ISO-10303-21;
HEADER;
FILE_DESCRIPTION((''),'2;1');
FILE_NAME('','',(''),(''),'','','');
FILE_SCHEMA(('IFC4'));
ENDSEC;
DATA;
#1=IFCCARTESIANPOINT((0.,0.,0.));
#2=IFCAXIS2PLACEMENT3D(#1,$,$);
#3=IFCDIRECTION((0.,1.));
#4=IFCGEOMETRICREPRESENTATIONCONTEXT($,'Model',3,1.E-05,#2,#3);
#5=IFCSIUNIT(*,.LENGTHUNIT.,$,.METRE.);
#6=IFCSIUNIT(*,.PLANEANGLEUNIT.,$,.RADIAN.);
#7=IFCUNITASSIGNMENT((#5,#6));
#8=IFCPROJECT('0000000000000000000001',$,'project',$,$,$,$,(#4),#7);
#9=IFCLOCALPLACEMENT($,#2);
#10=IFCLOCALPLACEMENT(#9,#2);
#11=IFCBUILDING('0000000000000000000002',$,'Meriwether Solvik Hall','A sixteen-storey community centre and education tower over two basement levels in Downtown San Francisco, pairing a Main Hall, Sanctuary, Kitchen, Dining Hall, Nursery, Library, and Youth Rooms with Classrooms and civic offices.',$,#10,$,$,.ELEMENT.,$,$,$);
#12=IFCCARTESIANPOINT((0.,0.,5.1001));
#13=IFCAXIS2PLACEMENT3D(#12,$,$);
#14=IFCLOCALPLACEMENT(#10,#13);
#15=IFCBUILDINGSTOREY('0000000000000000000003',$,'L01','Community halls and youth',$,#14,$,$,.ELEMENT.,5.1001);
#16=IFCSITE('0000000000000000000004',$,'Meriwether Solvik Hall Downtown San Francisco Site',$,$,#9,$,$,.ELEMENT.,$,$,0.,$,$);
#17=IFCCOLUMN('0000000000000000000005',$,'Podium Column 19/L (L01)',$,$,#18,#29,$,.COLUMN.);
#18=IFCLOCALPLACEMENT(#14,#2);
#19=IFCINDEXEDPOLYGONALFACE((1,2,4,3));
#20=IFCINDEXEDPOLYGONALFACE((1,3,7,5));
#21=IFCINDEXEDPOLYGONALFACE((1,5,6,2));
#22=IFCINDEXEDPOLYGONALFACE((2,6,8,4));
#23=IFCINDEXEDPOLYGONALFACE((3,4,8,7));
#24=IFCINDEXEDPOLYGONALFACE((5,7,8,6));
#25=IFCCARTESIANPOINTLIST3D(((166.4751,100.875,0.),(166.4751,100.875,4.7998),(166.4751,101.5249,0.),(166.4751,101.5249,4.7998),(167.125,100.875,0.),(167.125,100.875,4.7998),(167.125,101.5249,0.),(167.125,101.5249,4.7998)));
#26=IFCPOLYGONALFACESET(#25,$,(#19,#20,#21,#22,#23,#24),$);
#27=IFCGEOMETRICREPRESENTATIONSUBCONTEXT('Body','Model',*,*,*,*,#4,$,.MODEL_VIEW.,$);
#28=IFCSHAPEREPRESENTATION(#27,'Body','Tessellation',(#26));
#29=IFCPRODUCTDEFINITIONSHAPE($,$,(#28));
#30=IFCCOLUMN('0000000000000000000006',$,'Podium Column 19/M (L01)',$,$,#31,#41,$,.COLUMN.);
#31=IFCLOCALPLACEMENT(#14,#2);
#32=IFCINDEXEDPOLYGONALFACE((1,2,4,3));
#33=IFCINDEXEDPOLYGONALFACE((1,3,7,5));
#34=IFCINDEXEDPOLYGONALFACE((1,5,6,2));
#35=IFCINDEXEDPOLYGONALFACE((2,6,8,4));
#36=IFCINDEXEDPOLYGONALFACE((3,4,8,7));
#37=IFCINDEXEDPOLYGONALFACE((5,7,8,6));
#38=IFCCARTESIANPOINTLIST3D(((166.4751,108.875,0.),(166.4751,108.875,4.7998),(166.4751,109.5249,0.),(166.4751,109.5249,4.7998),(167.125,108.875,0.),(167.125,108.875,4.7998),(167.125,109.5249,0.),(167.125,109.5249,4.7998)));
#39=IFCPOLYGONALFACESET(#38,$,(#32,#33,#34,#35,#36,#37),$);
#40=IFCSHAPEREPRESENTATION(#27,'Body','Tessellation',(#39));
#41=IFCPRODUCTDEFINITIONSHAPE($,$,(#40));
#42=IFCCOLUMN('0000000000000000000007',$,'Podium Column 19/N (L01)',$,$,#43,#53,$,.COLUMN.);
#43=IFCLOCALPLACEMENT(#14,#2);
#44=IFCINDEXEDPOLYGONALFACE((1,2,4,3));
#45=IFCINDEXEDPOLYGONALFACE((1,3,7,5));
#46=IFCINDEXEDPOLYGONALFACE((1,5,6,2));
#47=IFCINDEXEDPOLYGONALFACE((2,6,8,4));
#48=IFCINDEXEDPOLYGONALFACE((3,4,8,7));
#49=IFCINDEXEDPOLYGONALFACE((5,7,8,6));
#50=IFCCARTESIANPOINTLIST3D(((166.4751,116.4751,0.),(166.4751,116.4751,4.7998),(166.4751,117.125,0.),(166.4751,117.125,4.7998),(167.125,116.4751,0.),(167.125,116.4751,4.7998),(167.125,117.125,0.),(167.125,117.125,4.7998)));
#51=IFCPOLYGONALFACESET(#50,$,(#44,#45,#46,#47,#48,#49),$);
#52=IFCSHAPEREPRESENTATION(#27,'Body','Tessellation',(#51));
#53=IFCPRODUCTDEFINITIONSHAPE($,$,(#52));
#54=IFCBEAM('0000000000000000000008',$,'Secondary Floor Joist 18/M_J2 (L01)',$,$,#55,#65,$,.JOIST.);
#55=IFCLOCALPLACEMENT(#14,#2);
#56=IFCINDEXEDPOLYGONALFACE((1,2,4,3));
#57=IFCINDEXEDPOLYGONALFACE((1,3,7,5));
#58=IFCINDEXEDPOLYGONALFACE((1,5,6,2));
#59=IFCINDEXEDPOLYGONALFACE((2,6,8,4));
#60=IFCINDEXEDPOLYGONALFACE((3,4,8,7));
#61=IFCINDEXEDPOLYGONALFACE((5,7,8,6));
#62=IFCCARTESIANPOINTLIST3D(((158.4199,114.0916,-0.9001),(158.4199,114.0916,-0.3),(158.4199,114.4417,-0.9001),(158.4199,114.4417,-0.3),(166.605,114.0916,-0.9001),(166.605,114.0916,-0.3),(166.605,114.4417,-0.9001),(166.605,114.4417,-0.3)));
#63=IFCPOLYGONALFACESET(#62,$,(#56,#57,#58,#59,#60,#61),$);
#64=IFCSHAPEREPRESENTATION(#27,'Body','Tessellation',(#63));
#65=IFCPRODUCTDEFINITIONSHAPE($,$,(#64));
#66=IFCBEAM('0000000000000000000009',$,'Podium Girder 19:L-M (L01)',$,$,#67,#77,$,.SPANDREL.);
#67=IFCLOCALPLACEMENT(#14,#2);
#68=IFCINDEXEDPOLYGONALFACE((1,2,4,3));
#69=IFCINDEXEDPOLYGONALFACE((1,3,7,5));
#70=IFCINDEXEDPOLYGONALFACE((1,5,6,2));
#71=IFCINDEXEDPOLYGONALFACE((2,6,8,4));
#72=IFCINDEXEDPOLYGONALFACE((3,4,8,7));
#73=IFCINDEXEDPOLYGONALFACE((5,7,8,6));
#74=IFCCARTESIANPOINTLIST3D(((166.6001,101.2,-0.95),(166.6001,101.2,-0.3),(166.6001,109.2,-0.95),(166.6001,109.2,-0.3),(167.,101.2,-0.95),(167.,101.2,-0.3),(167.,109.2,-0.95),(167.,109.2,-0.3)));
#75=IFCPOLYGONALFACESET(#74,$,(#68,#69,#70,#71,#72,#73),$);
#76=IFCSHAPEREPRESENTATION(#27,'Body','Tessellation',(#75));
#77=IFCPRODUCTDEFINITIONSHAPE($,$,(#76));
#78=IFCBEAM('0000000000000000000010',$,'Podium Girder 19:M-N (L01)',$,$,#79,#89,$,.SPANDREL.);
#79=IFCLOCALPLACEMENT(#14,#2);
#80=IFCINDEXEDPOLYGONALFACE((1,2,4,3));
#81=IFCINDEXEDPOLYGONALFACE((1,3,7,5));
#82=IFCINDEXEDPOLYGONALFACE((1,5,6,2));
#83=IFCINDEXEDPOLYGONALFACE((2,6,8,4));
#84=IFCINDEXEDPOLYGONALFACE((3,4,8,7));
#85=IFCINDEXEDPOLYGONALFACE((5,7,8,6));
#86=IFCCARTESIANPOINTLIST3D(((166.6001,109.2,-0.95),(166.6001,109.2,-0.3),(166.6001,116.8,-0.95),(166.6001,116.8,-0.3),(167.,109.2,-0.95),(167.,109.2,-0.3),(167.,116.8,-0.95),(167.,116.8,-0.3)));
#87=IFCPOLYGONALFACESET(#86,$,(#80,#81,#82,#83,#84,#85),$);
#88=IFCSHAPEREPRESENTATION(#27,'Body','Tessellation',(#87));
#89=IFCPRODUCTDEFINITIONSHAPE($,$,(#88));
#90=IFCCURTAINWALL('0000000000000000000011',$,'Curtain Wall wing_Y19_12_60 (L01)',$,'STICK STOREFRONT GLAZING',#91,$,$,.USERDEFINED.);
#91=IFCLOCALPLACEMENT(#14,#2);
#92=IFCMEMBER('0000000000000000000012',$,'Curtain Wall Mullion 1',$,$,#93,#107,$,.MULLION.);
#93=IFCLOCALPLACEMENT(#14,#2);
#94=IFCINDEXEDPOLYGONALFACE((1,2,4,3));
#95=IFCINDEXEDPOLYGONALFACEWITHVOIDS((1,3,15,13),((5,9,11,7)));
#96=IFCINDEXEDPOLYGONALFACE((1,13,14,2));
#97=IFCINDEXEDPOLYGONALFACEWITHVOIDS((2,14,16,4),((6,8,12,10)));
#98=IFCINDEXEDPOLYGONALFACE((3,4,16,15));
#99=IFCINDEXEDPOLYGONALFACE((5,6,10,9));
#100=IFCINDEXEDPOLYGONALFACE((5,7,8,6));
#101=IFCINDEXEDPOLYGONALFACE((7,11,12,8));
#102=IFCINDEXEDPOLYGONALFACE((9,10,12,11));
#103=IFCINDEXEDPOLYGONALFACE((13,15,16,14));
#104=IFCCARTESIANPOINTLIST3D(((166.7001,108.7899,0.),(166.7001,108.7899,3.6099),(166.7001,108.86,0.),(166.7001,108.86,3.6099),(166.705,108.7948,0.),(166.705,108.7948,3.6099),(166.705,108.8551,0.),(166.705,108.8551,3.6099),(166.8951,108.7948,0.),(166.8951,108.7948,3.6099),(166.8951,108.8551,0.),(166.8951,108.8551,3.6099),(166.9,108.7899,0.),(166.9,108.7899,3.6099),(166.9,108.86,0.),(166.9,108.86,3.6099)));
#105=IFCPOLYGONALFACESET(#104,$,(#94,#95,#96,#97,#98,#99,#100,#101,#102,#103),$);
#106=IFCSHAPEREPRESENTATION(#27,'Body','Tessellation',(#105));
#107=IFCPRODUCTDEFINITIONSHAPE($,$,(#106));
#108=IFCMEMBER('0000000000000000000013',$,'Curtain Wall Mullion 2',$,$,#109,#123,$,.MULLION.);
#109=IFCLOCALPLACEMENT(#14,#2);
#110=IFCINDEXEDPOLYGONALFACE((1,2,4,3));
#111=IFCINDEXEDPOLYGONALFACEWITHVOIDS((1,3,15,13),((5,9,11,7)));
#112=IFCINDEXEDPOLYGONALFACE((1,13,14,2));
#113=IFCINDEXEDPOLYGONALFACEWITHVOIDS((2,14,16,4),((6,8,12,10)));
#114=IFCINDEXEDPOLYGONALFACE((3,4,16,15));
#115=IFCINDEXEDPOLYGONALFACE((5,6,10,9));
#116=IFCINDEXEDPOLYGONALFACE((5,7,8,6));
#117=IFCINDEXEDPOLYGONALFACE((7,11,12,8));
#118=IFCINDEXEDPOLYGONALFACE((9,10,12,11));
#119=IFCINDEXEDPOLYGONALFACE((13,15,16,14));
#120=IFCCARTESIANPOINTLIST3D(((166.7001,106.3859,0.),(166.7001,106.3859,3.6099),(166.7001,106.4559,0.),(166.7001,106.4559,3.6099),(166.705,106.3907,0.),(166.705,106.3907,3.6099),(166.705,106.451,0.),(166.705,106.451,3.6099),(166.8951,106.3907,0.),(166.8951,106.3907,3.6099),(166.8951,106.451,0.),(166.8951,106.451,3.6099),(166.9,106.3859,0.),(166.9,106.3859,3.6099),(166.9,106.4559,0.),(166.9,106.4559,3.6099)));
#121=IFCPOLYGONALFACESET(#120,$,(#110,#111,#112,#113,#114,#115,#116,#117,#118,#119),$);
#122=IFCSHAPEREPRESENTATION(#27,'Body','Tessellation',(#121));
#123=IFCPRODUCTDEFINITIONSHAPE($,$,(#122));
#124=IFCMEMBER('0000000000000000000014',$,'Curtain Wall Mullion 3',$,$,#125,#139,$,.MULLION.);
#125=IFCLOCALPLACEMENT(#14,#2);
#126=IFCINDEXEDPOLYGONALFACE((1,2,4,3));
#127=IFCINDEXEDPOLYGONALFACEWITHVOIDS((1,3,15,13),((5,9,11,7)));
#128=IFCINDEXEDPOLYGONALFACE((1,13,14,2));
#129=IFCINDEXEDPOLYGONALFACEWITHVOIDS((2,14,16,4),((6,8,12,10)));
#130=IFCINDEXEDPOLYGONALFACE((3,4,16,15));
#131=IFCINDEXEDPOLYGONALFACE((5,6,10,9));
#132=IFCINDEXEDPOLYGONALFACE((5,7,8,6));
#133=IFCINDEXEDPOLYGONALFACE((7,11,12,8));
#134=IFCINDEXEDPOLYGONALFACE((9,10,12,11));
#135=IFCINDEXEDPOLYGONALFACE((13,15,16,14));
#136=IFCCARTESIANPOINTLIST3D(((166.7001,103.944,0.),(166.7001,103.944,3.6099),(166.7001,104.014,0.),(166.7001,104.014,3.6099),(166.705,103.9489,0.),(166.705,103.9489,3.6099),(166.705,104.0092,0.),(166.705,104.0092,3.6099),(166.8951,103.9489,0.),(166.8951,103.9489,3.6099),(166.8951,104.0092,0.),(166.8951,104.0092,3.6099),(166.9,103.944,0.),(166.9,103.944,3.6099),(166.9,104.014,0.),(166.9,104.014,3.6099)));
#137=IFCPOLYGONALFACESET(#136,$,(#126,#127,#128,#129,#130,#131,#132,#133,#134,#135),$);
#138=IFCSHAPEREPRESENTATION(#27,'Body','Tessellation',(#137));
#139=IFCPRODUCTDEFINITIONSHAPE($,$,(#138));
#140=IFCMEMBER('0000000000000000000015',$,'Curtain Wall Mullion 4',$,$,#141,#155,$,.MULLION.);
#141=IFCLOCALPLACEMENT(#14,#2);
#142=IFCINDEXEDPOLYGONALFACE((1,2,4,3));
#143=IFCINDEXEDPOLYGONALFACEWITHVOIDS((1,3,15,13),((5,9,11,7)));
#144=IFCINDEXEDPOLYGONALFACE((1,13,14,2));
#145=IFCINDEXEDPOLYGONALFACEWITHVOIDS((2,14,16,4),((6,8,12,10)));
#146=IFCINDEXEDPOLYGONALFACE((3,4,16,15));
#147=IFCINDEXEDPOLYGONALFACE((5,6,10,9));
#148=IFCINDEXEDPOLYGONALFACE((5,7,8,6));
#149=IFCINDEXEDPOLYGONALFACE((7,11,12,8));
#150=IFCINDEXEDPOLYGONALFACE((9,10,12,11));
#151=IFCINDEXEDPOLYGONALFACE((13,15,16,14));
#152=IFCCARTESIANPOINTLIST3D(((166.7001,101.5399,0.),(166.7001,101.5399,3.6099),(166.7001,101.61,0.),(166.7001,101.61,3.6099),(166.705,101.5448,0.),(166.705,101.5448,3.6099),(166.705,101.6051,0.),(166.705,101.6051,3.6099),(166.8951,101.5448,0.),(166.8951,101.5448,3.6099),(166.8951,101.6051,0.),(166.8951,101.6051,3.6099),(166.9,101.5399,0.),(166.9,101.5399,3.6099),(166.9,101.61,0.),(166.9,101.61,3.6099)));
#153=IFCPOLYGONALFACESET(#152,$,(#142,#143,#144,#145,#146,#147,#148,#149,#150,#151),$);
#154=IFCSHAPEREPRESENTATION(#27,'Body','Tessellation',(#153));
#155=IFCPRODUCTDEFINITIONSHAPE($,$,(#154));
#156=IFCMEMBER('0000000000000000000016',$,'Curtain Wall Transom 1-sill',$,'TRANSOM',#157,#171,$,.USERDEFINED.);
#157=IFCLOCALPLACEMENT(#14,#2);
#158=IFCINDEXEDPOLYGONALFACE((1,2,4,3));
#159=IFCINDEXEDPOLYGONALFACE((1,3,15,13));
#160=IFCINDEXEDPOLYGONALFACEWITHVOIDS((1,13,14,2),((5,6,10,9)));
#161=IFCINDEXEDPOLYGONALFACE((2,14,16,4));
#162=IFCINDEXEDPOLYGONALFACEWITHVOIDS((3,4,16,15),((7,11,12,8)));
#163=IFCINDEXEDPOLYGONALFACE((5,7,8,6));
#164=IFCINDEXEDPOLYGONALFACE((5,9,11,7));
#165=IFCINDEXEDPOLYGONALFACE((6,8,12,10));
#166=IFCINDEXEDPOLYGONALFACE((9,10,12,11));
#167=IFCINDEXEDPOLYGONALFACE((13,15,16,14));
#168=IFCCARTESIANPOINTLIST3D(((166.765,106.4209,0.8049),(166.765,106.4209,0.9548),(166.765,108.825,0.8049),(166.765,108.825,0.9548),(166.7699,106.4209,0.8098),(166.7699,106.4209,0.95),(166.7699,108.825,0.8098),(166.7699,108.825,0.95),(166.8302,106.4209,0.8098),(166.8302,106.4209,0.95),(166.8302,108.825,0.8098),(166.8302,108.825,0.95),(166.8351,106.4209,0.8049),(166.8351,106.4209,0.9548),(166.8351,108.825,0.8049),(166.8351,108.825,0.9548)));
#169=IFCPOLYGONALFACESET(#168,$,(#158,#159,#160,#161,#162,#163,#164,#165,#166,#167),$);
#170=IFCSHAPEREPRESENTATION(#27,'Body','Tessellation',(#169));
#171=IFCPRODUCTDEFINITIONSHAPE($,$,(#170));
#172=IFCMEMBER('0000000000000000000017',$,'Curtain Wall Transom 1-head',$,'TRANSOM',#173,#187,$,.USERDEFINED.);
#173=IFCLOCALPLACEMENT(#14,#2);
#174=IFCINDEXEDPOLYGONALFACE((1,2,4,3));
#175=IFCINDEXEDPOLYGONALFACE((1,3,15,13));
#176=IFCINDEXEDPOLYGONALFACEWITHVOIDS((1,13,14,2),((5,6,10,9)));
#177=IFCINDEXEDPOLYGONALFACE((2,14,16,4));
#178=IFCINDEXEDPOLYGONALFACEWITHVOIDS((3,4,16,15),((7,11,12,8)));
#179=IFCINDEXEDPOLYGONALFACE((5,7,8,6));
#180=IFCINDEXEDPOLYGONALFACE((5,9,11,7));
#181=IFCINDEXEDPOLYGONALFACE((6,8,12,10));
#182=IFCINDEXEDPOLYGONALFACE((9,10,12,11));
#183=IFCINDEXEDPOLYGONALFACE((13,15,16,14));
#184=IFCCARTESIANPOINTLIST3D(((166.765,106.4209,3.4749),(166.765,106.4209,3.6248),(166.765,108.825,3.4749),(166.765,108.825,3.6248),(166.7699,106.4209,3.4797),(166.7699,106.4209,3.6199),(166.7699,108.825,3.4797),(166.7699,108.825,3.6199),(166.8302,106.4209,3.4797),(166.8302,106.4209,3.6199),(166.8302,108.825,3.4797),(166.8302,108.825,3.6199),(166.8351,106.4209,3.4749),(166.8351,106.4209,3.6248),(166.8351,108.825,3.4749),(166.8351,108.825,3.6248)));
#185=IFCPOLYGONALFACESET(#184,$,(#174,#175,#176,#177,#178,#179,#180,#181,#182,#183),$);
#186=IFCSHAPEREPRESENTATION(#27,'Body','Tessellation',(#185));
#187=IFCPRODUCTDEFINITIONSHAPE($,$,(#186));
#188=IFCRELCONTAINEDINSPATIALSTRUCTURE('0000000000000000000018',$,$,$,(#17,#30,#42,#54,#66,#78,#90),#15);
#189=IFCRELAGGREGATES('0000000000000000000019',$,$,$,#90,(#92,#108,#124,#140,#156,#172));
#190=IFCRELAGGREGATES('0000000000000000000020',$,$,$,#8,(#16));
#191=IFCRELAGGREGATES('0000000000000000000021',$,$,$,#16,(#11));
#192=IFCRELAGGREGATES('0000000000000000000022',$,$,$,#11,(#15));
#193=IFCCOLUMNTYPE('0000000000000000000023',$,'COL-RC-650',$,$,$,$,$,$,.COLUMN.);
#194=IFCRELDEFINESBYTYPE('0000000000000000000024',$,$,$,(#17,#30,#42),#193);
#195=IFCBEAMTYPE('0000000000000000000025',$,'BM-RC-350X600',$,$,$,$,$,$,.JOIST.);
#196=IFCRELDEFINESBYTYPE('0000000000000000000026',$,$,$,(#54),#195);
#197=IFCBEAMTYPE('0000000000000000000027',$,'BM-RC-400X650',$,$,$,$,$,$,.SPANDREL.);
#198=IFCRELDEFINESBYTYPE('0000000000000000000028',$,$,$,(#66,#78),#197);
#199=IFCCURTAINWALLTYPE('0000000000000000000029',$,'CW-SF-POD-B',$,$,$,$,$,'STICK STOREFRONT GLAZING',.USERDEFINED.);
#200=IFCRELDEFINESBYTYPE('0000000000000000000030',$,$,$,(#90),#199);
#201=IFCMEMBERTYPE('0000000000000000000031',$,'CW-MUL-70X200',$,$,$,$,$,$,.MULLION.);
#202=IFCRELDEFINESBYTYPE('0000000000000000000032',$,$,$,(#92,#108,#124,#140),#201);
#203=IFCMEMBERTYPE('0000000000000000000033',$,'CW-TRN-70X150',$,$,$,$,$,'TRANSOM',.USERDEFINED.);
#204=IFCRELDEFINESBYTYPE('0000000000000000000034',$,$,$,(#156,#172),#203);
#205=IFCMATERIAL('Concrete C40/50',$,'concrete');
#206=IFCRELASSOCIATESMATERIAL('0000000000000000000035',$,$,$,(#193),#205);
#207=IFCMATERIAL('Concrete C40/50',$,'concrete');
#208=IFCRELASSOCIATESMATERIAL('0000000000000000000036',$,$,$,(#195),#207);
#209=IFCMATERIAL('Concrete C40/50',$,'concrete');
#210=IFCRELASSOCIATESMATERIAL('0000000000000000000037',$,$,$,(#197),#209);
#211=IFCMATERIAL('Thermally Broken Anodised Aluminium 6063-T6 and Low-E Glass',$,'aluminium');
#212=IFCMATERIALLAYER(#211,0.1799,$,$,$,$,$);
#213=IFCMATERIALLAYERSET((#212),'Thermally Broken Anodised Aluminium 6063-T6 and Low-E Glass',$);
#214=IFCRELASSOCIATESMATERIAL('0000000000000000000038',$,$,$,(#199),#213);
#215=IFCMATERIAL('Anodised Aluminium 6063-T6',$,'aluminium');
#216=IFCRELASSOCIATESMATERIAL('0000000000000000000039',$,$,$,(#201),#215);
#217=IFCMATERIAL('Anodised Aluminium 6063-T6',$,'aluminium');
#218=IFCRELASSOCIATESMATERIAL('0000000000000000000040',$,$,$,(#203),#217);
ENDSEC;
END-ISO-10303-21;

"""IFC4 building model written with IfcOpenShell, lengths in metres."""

from ifc_helpers import new_model, si_unit, direction, frame, origin, origin_2d, place, context, subcontext, project, spatial, rectangle, hollow_rectangle, extrude, material, layer, layer_set, material_profile, profile_set, type_object, element, aggregate, save


model = new_model("IFC4")

# Units and contexts
model_context = context("Model", 3, precision=1e-05, world=origin(), true_north=direction((0.0, 1.0)))
body_context = subcontext(model_context, "Body", "Model", "MODEL_VIEW")
ifc_project = project(units=[si_unit("LENGTHUNIT", "METRE"), si_unit("PLANEANGLEUNIT", "RADIAN")], contexts=[model_context])

# Site, building, storey
site_placement = place(None, origin())
site = spatial("IfcSite", under=ifc_project, at=site_placement, Name="Meriwether Solvik Hall Downtown San Francisco Site", CompositionType="ELEMENT", RefElevation=0.0)
building_placement = place(site_placement, origin())
building = spatial("IfcBuilding", under=site, at=building_placement, Name="Meriwether Solvik Hall", Description="A sixteen-storey community centre and education tower over two basement levels in Downtown San Francisco, pairing a Main Hall, Sanctuary, Kitchen, Dining Hall, Nursery, Library, and Youth Rooms with Classrooms and civic offices.", CompositionType="ELEMENT")
storey_placement = place(building_placement, frame((0.0, 0.0, 5.1001)))
storey = spatial("IfcBuildingStorey", under=building, at=storey_placement, Name="L01", Description="Community halls and youth", CompositionType="ELEMENT", Elevation=5.1001)

# Columns
ifc_material_1 = material(Name="Concrete C40/50", Category="concrete")
ifc_material_profile_1 = material_profile(ifc_material_1, rectangle(XDim=0.6499, YDim=0.6499, at=origin_2d()), Name="RCC-650X650")
ifc_profile_set_1 = profile_set([ifc_material_profile_1], Name="Concrete C40/50")
column_type = type_object("IfcColumnType", Name="COL-RC-650", PredefinedType="COLUMN", material=ifc_profile_set_1)
for number, where, z_axis, x_axis, name in (
    (1, (166.8, 101.2, 0.0), (0.0, 0.0, 1.0), (1.0, 0.0, 0.0), "Podium Column 19/L (L01)"),
    (2, (166.8, 109.2, 0.0), (0.0, 0.0, 1.0), (1.0, 0.0, 0.0), "Podium Column 19/M (L01)"),
    (3, (166.8, 116.8, 0.0), (0.0, 0.0, 1.0), (1.0, 0.0, 0.0), "Podium Column 19/N (L01)"),
):
    element("IfcColumn", number, at=place(storey_placement, frame(where, z_axis=z_axis, x_axis=x_axis)), inside=storey, type_object=column_type, Name=name, PredefinedType="COLUMN", context=body_context, shape_type="SweptSolid", body=[
        extrude(rectangle(XDim=0.6499, YDim=0.6499, at=origin_2d()), origin(), (0.0, 0.0, 1.0), 4.7998),
    ])

# Beams
ifc_material_2 = material(Name="Concrete C40/50", Category="concrete")
ifc_material_profile_2 = material_profile(ifc_material_2, rectangle(XDim=0.3501, YDim=0.6001, at=origin_2d()), Name="RCB-350X600")
ifc_profile_set_2 = profile_set([ifc_material_profile_2], Name="Concrete C40/50")
beam_type_1 = type_object("IfcBeamType", Name="BM-RC-350X600", PredefinedType="JOIST", material=ifc_profile_set_2)
beam_1_placement = place(storey_placement, frame((158.4199, 114.2666, -0.6001), z_axis=(1.0, 0.0, 0.0), x_axis=(0.0, 1.0, 0.0)))
element("IfcBeam", 4, at=beam_1_placement, inside=storey, type_object=beam_type_1, Name="Secondary Floor Joist 18/M_J2 (L01)", PredefinedType="JOIST", context=body_context, shape_type="SweptSolid", body=[
    extrude(rectangle(XDim=0.3501, YDim=0.6001, at=origin_2d()), origin(), (0.0, 0.0, 1.0), 8.1851),
])
ifc_material_3 = material(Name="Concrete C40/50", Category="concrete")
ifc_material_profile_3 = material_profile(ifc_material_3, rectangle(XDim=0.3999, YDim=0.6499, at=origin_2d()), Name="RCB-400X650")
ifc_profile_set_3 = profile_set([ifc_material_profile_3], Name="Concrete C40/50")
beam_type_2 = type_object("IfcBeamType", Name="BM-RC-400X650", PredefinedType="SPANDREL", material=ifc_profile_set_3)
beam_2_placement = place(storey_placement, frame((166.8, 101.2, -0.625), z_axis=(0.0, 1.0, 0.0), x_axis=(-1.0, 0.0, 0.0)))
element("IfcBeam", 5, at=beam_2_placement, inside=storey, type_object=beam_type_2, Name="Podium Girder 19:L-M (L01)", PredefinedType="SPANDREL", context=body_context, shape_type="SweptSolid", body=[
    extrude(rectangle(XDim=0.3999, YDim=0.6499, at=origin_2d()), origin(), (0.0, 0.0, 1.0), 8.0),
])
beam_3_placement = place(storey_placement, frame((166.8, 109.2, -0.625), z_axis=(0.0, 1.0, 0.0), x_axis=(-1.0, 0.0, 0.0)))
element("IfcBeam", 6, at=beam_3_placement, inside=storey, type_object=beam_type_2, Name="Podium Girder 19:M-N (L01)", PredefinedType="SPANDREL", context=body_context, shape_type="SweptSolid", body=[
    extrude(rectangle(XDim=0.3999, YDim=0.6499, at=origin_2d()), origin(), (0.0, 0.0, 1.0), 7.6001),
])

# Curtain wall, members
ifc_material_4 = material(Name="Thermally Broken Anodised Aluminium 6063-T6 and Low-E Glass", Category="aluminium")
ifc_layer_1 = layer(ifc_material_4, 0.1799)
ifc_layer_set_1 = layer_set([ifc_layer_1], Name="Thermally Broken Anodised Aluminium 6063-T6 and Low-E Glass")
curtain_wall_type = type_object("IfcCurtainWallType", Name="CW-SF-POD-B", ElementType="STICK STOREFRONT GLAZING", PredefinedType="USERDEFINED", material=ifc_layer_set_1)
curtain_wall_placement = place(storey_placement, origin())
curtain_wall = element("IfcCurtainWall", 7, at=curtain_wall_placement, inside=storey, type_object=curtain_wall_type, Name="Curtain Wall wing_Y19_12_60 (L01)", ObjectType="STICK STOREFRONT GLAZING", PredefinedType="USERDEFINED")
ifc_material_5 = material(Name="Anodised Aluminium 6063-T6", Category="aluminium")
ifc_material_profile_4 = material_profile(ifc_material_5, hollow_rectangle(XDim=0.0701, YDim=0.2, WallThickness=0.0049, at=origin_2d()), Name="CWM-70X200")
ifc_profile_set_4 = profile_set([ifc_material_profile_4], Name="Anodised Aluminium 6063-T6")
member_type_1 = type_object("IfcMemberType", Name="CW-MUL-70X200", PredefinedType="MULLION", material=ifc_profile_set_4)
member_1_placement = place(storey_placement, frame((166.8, 108.825, 0.0), z_axis=(0.0, 0.0, 1.0), x_axis=(0.0, -1.0, 0.0)))
member_1 = element("IfcMember", 8, at=member_1_placement, type_object=member_type_1, Name="Curtain Wall Mullion 1", PredefinedType="MULLION", context=body_context, shape_type="SweptSolid", body=[
    extrude(hollow_rectangle(XDim=0.0701, YDim=0.2, WallThickness=0.0049, at=origin_2d()), origin(), (0.0, 0.0, 1.0), 3.6099),
])
member_2_placement = place(storey_placement, frame((166.8, 106.4209, 0.0), z_axis=(0.0, 0.0, 1.0), x_axis=(0.0, -1.0, 0.0)))
member_2 = element("IfcMember", 9, at=member_2_placement, type_object=member_type_1, Name="Curtain Wall Mullion 2", PredefinedType="MULLION", context=body_context, shape_type="SweptSolid", body=[
    extrude(hollow_rectangle(XDim=0.0701, YDim=0.2, WallThickness=0.0049, at=origin_2d()), origin(), (0.0, 0.0, 1.0), 3.6099),
])
member_3_placement = place(storey_placement, frame((166.8, 103.979, 0.0), z_axis=(0.0, 0.0, 1.0), x_axis=(0.0, -1.0, 0.0)))
member_3 = element("IfcMember", 10, at=member_3_placement, type_object=member_type_1, Name="Curtain Wall Mullion 3", PredefinedType="MULLION", context=body_context, shape_type="SweptSolid", body=[
    extrude(hollow_rectangle(XDim=0.0701, YDim=0.2, WallThickness=0.0049, at=origin_2d()), origin(), (0.0, 0.0, 1.0), 3.6099),
])
member_4_placement = place(storey_placement, frame((166.8, 101.575, 0.0), z_axis=(0.0, 0.0, 1.0), x_axis=(0.0, -1.0, 0.0)))
member_4 = element("IfcMember", 11, at=member_4_placement, type_object=member_type_1, Name="Curtain Wall Mullion 4", PredefinedType="MULLION", context=body_context, shape_type="SweptSolid", body=[
    extrude(hollow_rectangle(XDim=0.0701, YDim=0.2, WallThickness=0.0049, at=origin_2d()), origin(), (0.0, 0.0, 1.0), 3.6099),
])
ifc_material_6 = material(Name="Anodised Aluminium 6063-T6", Category="aluminium")
ifc_material_profile_5 = material_profile(ifc_material_6, hollow_rectangle(XDim=0.0701, YDim=0.1499, WallThickness=0.0049, at=origin_2d()), Name="CWT-70X150")
ifc_profile_set_5 = profile_set([ifc_material_profile_5], Name="Anodised Aluminium 6063-T6")
member_type_2 = type_object("IfcMemberType", Name="CW-TRN-70X150", ElementType="TRANSOM", PredefinedType="USERDEFINED", material=ifc_profile_set_5)
member_5_placement = place(storey_placement, frame((166.8, 108.825, 0.8799), z_axis=(0.0, -1.0, 0.0), x_axis=(1.0, 0.0, 0.0)))
member_5 = element("IfcMember", 12, at=member_5_placement, type_object=member_type_2, Name="Curtain Wall Transom 1-sill", ObjectType="TRANSOM", PredefinedType="USERDEFINED", context=body_context, shape_type="SweptSolid", body=[
    extrude(hollow_rectangle(XDim=0.0701, YDim=0.1499, WallThickness=0.0049, at=origin_2d()), origin(), (0.0, 0.0, 1.0), 2.4041),
])
member_6_placement = place(storey_placement, frame((166.8, 108.825, 3.5498), z_axis=(0.0, -1.0, 0.0), x_axis=(1.0, 0.0, 0.0)))
member_6 = element("IfcMember", 13, at=member_6_placement, type_object=member_type_2, Name="Curtain Wall Transom 1-head", ObjectType="TRANSOM", PredefinedType="USERDEFINED", context=body_context, shape_type="SweptSolid", body=[
    extrude(hollow_rectangle(XDim=0.0701, YDim=0.1499, WallThickness=0.0049, at=origin_2d()), origin(), (0.0, 0.0, 1.0), 2.4041),
])
aggregate(curtain_wall, [member_1, member_2, member_3, member_4, member_5, member_6])

save(model, "model.ifc")
